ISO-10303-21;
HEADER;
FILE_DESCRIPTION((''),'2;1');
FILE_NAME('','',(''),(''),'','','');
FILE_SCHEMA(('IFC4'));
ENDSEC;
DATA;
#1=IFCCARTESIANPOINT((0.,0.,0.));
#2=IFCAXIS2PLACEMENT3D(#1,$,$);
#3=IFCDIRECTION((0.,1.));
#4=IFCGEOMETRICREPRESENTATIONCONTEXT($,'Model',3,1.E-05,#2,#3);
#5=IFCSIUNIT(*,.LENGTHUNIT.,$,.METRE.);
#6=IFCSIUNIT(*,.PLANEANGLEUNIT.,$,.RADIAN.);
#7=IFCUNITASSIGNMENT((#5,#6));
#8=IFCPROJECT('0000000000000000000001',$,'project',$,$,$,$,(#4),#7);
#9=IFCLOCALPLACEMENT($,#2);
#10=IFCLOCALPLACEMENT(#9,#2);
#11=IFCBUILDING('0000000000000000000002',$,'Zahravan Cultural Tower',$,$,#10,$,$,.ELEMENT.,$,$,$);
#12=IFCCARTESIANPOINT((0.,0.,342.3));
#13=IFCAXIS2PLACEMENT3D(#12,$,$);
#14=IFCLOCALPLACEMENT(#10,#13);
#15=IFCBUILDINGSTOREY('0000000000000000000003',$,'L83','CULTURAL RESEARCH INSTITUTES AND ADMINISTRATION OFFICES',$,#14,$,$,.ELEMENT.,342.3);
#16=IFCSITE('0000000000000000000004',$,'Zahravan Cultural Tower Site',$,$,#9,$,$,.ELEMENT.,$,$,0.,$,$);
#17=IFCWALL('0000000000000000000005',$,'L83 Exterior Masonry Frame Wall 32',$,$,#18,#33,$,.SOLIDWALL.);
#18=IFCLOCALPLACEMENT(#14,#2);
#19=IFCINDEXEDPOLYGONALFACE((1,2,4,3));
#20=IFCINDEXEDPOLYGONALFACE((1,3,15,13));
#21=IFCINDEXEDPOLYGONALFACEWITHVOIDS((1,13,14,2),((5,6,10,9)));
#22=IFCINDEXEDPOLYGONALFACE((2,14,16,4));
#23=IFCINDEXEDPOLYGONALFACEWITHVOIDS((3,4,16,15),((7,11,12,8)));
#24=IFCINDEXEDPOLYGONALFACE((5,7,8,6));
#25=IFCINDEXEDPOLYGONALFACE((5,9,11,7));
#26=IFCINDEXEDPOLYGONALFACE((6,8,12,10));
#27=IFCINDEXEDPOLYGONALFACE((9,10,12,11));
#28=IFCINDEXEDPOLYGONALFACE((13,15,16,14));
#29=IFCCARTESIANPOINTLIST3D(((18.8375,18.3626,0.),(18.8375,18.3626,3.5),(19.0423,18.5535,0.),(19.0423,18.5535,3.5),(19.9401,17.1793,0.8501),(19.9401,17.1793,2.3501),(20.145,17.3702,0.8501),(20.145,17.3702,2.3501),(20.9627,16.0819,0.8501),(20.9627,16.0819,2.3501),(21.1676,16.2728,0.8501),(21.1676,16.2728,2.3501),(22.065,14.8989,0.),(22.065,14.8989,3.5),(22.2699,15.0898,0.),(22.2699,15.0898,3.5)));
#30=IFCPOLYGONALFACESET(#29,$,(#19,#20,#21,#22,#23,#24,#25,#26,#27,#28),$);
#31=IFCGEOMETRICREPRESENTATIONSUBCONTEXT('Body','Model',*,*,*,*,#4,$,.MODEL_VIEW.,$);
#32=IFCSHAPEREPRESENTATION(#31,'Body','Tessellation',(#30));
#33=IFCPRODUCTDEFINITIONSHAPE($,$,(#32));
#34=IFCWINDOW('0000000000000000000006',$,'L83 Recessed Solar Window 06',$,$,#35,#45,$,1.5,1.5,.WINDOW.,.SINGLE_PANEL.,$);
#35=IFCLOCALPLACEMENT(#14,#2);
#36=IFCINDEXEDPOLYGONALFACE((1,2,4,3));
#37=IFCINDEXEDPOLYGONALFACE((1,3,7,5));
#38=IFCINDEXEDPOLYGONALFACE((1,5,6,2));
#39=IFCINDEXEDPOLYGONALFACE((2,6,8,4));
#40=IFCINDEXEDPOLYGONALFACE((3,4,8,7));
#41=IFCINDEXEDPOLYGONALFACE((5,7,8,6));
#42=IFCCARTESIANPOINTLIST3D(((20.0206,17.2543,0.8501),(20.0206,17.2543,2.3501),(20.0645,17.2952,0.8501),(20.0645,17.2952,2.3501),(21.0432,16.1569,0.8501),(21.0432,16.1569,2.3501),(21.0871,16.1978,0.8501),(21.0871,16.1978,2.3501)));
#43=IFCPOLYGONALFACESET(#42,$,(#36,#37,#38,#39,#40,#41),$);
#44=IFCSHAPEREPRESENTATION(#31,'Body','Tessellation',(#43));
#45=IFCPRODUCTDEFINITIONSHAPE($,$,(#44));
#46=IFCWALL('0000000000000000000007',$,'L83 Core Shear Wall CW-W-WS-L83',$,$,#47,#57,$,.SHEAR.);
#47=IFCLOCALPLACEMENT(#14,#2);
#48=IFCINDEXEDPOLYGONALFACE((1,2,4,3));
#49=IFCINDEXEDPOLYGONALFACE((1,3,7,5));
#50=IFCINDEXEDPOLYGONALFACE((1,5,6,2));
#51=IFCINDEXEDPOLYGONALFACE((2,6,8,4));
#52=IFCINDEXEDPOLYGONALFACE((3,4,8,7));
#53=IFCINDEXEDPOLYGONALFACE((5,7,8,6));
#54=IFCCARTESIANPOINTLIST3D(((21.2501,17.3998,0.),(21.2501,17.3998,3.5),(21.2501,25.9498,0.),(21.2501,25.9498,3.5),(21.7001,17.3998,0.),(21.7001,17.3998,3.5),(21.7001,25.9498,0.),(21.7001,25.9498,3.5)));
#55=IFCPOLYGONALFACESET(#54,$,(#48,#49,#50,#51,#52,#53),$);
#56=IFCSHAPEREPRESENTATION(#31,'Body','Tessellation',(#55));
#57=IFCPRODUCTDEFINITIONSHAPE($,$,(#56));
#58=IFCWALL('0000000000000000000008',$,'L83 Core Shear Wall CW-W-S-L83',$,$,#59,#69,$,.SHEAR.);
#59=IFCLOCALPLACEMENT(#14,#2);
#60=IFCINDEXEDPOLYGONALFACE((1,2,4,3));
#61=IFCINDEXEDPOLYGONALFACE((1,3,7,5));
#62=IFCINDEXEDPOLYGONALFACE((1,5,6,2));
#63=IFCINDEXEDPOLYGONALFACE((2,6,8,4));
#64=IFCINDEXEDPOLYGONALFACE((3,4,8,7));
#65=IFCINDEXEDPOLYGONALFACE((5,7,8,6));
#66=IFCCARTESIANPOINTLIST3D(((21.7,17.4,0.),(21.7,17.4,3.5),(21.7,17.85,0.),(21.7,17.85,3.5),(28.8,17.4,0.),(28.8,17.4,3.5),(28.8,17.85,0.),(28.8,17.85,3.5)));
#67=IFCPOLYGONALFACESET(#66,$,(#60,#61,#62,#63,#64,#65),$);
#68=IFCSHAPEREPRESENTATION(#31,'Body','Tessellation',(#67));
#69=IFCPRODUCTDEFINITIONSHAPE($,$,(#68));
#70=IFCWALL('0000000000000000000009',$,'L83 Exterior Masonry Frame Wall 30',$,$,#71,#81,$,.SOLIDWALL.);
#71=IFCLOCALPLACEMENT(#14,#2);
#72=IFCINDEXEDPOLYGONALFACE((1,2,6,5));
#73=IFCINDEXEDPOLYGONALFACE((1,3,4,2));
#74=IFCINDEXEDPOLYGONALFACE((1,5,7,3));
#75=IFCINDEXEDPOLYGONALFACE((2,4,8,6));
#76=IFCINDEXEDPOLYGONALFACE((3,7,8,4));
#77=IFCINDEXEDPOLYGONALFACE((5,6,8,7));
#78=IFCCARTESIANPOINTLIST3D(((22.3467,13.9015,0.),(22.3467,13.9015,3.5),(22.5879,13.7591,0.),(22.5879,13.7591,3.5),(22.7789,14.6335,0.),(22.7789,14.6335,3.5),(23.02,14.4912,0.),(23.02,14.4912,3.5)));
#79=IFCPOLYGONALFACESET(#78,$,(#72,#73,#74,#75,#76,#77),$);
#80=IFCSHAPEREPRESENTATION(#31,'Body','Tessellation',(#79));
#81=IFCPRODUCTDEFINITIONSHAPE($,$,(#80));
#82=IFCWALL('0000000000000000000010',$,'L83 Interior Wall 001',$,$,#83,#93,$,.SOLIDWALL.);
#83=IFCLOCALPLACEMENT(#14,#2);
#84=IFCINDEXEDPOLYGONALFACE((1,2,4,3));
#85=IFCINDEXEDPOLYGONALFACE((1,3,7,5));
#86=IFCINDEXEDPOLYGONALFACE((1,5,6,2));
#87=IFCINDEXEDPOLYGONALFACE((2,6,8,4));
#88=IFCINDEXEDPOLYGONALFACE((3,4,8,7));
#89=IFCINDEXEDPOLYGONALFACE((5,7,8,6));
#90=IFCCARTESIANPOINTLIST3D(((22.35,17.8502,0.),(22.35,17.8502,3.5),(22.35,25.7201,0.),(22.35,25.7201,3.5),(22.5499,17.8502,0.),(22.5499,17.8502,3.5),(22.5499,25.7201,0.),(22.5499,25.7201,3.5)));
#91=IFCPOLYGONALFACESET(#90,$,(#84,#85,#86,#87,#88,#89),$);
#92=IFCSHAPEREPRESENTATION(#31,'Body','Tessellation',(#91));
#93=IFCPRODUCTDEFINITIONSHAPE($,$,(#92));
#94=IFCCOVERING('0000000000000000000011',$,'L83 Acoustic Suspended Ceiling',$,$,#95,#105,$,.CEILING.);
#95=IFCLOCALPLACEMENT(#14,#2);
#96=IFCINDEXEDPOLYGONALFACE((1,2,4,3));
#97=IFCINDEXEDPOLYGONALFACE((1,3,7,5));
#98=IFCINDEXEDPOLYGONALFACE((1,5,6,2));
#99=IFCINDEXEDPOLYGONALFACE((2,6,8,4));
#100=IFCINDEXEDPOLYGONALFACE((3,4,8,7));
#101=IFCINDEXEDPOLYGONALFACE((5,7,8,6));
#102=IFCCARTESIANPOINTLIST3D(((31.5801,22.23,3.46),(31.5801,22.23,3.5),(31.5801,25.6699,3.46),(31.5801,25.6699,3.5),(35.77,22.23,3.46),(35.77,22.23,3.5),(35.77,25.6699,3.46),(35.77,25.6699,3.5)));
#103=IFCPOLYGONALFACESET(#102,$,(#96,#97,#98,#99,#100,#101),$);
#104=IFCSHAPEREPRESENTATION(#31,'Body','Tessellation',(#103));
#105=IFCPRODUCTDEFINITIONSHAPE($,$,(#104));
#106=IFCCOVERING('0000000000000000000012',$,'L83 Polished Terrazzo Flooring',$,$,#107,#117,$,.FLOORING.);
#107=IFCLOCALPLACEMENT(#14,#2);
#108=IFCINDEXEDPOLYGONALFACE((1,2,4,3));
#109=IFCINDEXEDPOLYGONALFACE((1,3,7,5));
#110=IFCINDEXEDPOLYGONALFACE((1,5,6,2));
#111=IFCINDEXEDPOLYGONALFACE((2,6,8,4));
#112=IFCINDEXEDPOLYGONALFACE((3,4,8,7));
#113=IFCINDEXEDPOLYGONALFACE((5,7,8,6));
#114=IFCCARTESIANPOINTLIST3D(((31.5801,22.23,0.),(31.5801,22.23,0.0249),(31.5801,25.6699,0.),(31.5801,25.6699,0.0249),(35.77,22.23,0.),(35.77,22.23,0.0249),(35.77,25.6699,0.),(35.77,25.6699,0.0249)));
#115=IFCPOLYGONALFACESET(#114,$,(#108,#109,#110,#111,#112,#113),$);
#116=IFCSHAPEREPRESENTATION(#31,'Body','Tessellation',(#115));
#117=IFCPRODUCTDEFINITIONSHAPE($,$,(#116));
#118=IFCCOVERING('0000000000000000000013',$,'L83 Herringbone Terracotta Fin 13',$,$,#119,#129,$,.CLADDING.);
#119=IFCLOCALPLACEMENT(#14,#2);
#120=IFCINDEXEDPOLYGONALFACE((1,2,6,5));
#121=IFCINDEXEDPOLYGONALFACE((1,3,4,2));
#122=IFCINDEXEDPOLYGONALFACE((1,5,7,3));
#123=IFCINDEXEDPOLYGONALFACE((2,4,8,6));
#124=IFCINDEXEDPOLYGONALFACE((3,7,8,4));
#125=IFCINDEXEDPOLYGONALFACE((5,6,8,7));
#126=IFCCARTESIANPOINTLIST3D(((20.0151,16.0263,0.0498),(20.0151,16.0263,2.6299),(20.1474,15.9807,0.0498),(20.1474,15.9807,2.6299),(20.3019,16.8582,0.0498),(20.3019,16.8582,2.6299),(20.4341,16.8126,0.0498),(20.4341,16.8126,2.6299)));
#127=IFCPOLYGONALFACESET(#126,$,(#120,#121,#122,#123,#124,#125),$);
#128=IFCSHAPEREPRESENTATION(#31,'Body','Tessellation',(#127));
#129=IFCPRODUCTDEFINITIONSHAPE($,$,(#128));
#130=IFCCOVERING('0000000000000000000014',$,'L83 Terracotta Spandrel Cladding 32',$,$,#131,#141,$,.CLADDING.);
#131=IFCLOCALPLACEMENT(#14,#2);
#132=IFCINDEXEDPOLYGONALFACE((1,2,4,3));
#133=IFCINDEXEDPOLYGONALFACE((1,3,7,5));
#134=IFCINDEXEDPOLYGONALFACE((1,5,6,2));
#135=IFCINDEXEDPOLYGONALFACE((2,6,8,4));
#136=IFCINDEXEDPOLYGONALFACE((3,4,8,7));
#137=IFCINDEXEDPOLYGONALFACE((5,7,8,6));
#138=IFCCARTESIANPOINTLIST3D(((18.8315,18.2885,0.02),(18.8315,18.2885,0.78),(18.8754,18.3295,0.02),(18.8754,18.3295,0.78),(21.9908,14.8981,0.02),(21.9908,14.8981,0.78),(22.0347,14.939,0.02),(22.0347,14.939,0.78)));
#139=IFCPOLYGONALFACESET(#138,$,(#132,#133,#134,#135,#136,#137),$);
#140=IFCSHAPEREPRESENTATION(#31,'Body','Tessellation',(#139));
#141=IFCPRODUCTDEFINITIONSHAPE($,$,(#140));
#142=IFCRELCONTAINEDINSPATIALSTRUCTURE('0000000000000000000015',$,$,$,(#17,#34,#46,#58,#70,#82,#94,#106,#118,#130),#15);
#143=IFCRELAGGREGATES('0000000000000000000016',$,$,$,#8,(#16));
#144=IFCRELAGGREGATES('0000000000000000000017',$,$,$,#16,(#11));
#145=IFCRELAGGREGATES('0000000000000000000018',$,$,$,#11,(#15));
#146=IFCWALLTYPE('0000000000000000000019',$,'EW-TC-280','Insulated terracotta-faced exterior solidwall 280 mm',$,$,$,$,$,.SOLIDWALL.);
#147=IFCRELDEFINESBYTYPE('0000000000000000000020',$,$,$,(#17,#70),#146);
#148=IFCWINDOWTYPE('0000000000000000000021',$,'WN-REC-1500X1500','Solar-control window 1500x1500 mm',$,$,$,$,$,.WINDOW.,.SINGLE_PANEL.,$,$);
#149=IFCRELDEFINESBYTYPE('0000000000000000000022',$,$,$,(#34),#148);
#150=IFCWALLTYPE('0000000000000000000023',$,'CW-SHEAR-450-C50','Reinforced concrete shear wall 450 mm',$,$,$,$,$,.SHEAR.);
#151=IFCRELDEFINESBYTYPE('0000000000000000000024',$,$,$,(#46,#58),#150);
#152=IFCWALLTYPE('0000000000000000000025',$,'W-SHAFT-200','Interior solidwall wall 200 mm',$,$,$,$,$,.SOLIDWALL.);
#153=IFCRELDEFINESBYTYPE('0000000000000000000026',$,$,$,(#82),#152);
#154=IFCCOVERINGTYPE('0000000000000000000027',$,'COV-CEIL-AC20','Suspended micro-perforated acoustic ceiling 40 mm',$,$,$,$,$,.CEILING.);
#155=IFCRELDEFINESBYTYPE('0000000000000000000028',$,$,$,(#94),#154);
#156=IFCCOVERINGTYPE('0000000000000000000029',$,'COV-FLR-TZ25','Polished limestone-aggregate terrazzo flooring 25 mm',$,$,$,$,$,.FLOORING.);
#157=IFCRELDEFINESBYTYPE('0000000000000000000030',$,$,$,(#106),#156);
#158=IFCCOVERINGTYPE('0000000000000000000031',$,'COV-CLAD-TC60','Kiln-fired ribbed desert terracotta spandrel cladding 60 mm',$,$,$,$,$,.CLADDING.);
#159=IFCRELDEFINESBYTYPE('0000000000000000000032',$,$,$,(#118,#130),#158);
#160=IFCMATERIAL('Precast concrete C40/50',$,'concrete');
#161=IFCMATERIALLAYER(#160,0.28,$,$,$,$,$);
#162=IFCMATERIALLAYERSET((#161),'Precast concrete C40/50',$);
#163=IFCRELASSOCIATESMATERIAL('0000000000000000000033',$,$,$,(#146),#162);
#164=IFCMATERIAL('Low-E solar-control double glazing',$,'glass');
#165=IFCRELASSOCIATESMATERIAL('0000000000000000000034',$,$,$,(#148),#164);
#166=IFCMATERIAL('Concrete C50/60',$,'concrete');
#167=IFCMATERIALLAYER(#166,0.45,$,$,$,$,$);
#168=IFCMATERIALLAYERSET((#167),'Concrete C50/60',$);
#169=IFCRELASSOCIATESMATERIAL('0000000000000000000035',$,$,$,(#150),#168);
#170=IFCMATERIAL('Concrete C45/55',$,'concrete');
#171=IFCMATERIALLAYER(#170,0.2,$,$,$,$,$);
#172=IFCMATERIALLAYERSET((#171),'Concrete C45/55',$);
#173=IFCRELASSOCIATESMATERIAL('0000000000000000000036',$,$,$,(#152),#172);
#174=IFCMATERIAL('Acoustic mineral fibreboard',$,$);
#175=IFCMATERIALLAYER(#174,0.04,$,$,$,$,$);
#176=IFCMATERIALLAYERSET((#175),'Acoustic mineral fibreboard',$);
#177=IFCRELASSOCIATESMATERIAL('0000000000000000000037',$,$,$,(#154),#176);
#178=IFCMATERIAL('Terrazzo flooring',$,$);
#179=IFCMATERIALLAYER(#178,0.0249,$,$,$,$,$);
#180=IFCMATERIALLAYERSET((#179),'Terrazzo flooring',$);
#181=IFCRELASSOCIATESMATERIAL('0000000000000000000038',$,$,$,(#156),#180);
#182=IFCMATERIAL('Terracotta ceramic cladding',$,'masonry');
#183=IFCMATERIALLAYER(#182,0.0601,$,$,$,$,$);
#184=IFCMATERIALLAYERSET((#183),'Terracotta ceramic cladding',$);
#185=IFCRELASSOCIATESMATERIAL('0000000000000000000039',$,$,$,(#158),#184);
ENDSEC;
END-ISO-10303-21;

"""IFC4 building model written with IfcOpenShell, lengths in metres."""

from ifc_helpers import new_model, si_unit, direction, frame, frame_2d, origin, origin_2d, place, context, subcontext, project, spatial, polyline, rectangle, outline, extrude, source, transform, mapped, material, layer, layer_set, type_object, element, fill, save


model = new_model("IFC4")

# Units and contexts
model_context = context("Model", 3, precision=1e-05, world=origin(), true_north=direction((0.0, 1.0)))
body_context = subcontext(model_context, "Body", "Model", "MODEL_VIEW")
ifc_project = project(units=[si_unit("LENGTHUNIT", "METRE"), si_unit("PLANEANGLEUNIT", "RADIAN")], contexts=[model_context])

# Site, building, storey
site_placement = place(None, origin())
site = spatial("IfcSite", under=ifc_project, at=site_placement, Name="Zahravan Cultural Tower Site", CompositionType="ELEMENT", RefElevation=0.0)
building_placement = place(site_placement, origin())
building = spatial("IfcBuilding", under=site, at=building_placement, Name="Zahravan Cultural Tower", CompositionType="ELEMENT")
storey_placement = place(building_placement, frame((0.0, 0.0, 342.3)))
storey = spatial("IfcBuildingStorey", under=building, at=storey_placement, Name="L83", Description="CULTURAL RESEARCH INSTITUTES AND ADMINISTRATION OFFICES", CompositionType="ELEMENT", Elevation=342.3)

# Shared definitions
ifc_material_1 = material(Name="Concrete C50/60", Category="concrete")

# Shared definitions
ifc_material_2 = material(Name="Concrete C45/55", Category="concrete")

# Wall, opening, window
ifc_material_3 = material(Name="Precast concrete C40/50", Category="concrete")
ifc_layer_1 = layer(ifc_material_3, 0.28)
ifc_layer_set_1 = layer_set([ifc_layer_1], Name="Precast concrete C40/50")
wall_type_1 = type_object("IfcWallType", Name="EW-TC-280", Description="Insulated terracotta-faced exterior solidwall 280 mm", PredefinedType="SOLIDWALL", material=ifc_layer_set_1)
wall_1_placement = place(storey_placement, frame((22.1675, 14.9944, 0.0), z_axis=(0.0, 0.0, 1.0), x_axis=(-0.681734, 0.7316, 0.0)))
wall_1 = element("IfcWall", 1, at=wall_1_placement, inside=storey, type_object=wall_type_1, Name="L83 Exterior Masonry Frame Wall 32", PredefinedType="SOLIDWALL", context=body_context, shape_type="SweptSolid", body=[
    extrude(rectangle(XDim=4.7344, YDim=0.28, at=frame_2d((2.3672, 0.0))), origin(), (0.0, 0.0, 1.0), 3.5),
])
opening_placement = place(wall_1_placement, frame((1.6169, 0.0, 0.8501)))
opening = element("IfcOpeningElement", 2, at=opening_placement, cuts=wall_1, PredefinedType="OPENING", context=body_context, shape_type="SweptSolid", body=[
    extrude(rectangle(XDim=1.5, YDim=1.5, at=frame_2d((0.75, 0.75))), frame((0.0, 0.1499, 0.0), z_axis=(0.0, -1.0, 0.0), x_axis=(1.0, 0.0, 0.0)), (0.0, 0.0, 1.0), 0.3),
])
ifc_material_4 = material(Name="Low-E solar-control double glazing", Category="glass")
window_type = type_object("IfcWindowType", Name="WN-REC-1500X1500", Description="Solar-control window 1500x1500 mm", PartitioningType="SINGLE_PANEL", PredefinedType="WINDOW", material=ifc_material_4)
shared_shape_1 = source(origin(), body_context, "Body", "SweptSolid", [
    extrude(rectangle(XDim=1.5, YDim=1.5, at=frame_2d((0.75, 0.75))), frame((0.0, 0.03, 0.0), z_axis=(0.0, -1.0, 0.0), x_axis=(1.0, 0.0, 0.0)), (0.0, 0.0, 1.0), 0.0601),
])
window_placement = place(opening_placement, origin())
window = element("IfcWindow", 3, at=window_placement, inside=storey, type_object=window_type, Name="L83 Recessed Solar Window 06", OverallHeight=1.5, OverallWidth=1.5, PartitioningType="SINGLE_PANEL", PredefinedType="WINDOW", context=body_context, shape_type="MappedRepresentation", body=[
    mapped(shared_shape_1, transform((0.0, 0.0, 0.0), x_axis=(1.0, 0.0, 0.0), y_axis=(0.0, 1.0, 0.0), z_axis=(0.0, 0.0, 1.0), scale=1.0)),
])
fill(opening, window)

# Walls
ifc_layer_2 = layer(ifc_material_1, 0.45)
ifc_layer_set_2 = layer_set([ifc_layer_2], Name="Concrete C50/60")
wall_type_2 = type_object("IfcWallType", Name="CW-SHEAR-450-C50", Description="Reinforced concrete shear wall 450 mm", PredefinedType="SHEAR", material=ifc_layer_set_2)
shared_shape_2 = source(origin(), body_context, "Body", "SweptSolid", [
    extrude(rectangle(XDim=8.55, YDim=0.45, at=frame_2d((4.2749, 0.0))), origin(), (0.0, 0.0, 1.0), 3.5),
])
wall_2_placement = place(storey_placement, frame((21.4751, 17.3999, 0.0), z_axis=(0.0, 0.0, 1.0), x_axis=(0.0, 1.0, 0.0)))
element("IfcWall", 4, at=wall_2_placement, inside=storey, type_object=wall_type_2, Name="L83 Core Shear Wall CW-W-WS-L83", PredefinedType="SHEAR", context=body_context, shape_type="MappedRepresentation", body=[
    mapped(shared_shape_2, transform((0.0, 0.0, 0.0), x_axis=(1.0, 0.0, 0.0), y_axis=(0.0, 1.0, 0.0), z_axis=(0.0, 0.0, 1.0), scale=1.0)),
])
shared_shape_3 = source(origin(), body_context, "Body", "SweptSolid", [
    extrude(rectangle(XDim=7.1001, YDim=0.45, at=frame_2d((3.55, 0.0))), origin(), (0.0, 0.0, 1.0), 3.5),
])
wall_3_placement = place(storey_placement, frame((21.7, 17.625, 0.0), z_axis=(0.0, 0.0, 1.0), x_axis=(1.0, 0.0, 0.0)))
element("IfcWall", 5, at=wall_3_placement, inside=storey, type_object=wall_type_2, Name="L83 Core Shear Wall CW-W-S-L83", PredefinedType="SHEAR", context=body_context, shape_type="MappedRepresentation", body=[
    mapped(shared_shape_3, transform((0.0, 0.0, 0.0), x_axis=(1.0, 0.0, 0.0), y_axis=(0.0, 1.0, 0.0), z_axis=(0.0, 0.0, 1.0), scale=1.0)),
])
shared_shape_4 = source(origin(), body_context, "Body", "SweptSolid", [
    extrude(rectangle(XDim=0.8501, YDim=0.28, at=frame_2d((0.425, 0.0))), origin(), (0.0, 0.0, 1.0), 3.5),
])
wall_4_placement = place(storey_placement, frame((22.4673, 13.8303, 0.0), z_axis=(0.0, 0.0, 1.0), x_axis=(0.5084, 0.861121, 0.0)))
element("IfcWall", 6, at=wall_4_placement, inside=storey, type_object=wall_type_1, Name="L83 Exterior Masonry Frame Wall 30", PredefinedType="SOLIDWALL", context=body_context, shape_type="MappedRepresentation", body=[
    mapped(shared_shape_4, transform((0.0, 0.0, 0.0), x_axis=(1.0, 0.0, 0.0), y_axis=(0.0, 1.0, 0.0), z_axis=(0.0, 0.0, 1.0), scale=1.0)),
])
ifc_layer_3 = layer(ifc_material_2, 0.2)
ifc_layer_set_3 = layer_set([ifc_layer_3], Name="Concrete C45/55")
wall_type_3 = type_object("IfcWallType", Name="W-SHAFT-200", Description="Interior solidwall wall 200 mm", PredefinedType="SOLIDWALL", material=ifc_layer_set_3)
shared_shape_5 = source(origin(), body_context, "Body", "SweptSolid", [
    extrude(rectangle(XDim=7.8699, YDim=0.2, at=frame_2d((3.9351, 0.0))), origin(), (0.0, 0.0, 1.0), 3.5),
])
wall_5_placement = place(storey_placement, frame((22.45, 17.8501, 0.0), z_axis=(0.0, 0.0, 1.0), x_axis=(0.0, 1.0, 0.0)))
element("IfcWall", 7, at=wall_5_placement, inside=storey, type_object=wall_type_3, Name="L83 Interior Wall 001", PredefinedType="SOLIDWALL", context=body_context, shape_type="MappedRepresentation", body=[
    mapped(shared_shape_5, transform((0.0, 0.0, 0.0), x_axis=(1.0, 0.0, 0.0), y_axis=(0.0, 1.0, 0.0), z_axis=(0.0, 0.0, 1.0), scale=1.0)),
])

# Coverings
ifc_material_5 = material(Name="Acoustic mineral fibreboard")
ifc_layer_4 = layer(ifc_material_5, 0.04)
ifc_layer_set_4 = layer_set([ifc_layer_4], Name="Acoustic mineral fibreboard")
covering_type_1 = type_object("IfcCoveringType", Name="COV-CEIL-AC20", Description="Suspended micro-perforated acoustic ceiling 40 mm", PredefinedType="CEILING", material=ifc_layer_set_4)
covering_1_placement = place(storey_placement, frame((0.0, 0.0, 3.46)))
element("IfcCovering", 8, at=covering_1_placement, inside=storey, type_object=covering_type_1, Name="L83 Acoustic Suspended Ceiling", PredefinedType="CEILING", context=body_context, shape_type="SweptSolid", body=[
    extrude(outline(polyline([(35.77, 25.6699), (31.5801, 25.6699), (31.5801, 22.23), (35.77, 22.23), (35.77, 25.6699)])), origin(), (0.0, 0.0, 1.0), 0.04),
])
ifc_material_6 = material(Name="Terrazzo flooring")
ifc_layer_5 = layer(ifc_material_6, 0.0249)
ifc_layer_set_5 = layer_set([ifc_layer_5], Name="Terrazzo flooring")
covering_type_2 = type_object("IfcCoveringType", Name="COV-FLR-TZ25", Description="Polished limestone-aggregate terrazzo flooring 25 mm", PredefinedType="FLOORING", material=ifc_layer_set_5)
covering_2_placement = place(storey_placement, origin())
element("IfcCovering", 9, at=covering_2_placement, inside=storey, type_object=covering_type_2, Name="L83 Polished Terrazzo Flooring", PredefinedType="FLOORING", context=body_context, shape_type="SweptSolid", body=[
    extrude(outline(polyline([(35.77, 25.6699), (31.5801, 25.6699), (31.5801, 22.23), (35.77, 22.23), (35.77, 25.6699)])), origin(), (0.0, 0.0, 1.0), 0.0249),
])
ifc_material_7 = material(Name="Terracotta ceramic cladding", Category="masonry")
ifc_layer_6 = layer(ifc_material_7, 0.0601)
ifc_layer_set_6 = layer_set([ifc_layer_6], Name="Terracotta ceramic cladding")
covering_type_3 = type_object("IfcCoveringType", Name="COV-CLAD-TC60", Description="Kiln-fired ribbed desert terracotta spandrel cladding 60 mm", PredefinedType="CLADDING", material=ifc_layer_set_6)
shared_shape_6 = source(origin(), body_context, "Body", "SweptSolid", [
    extrude(rectangle(XDim=0.8799, YDim=0.1399, at=origin_2d()), origin(), (0.0, 0.0, 1.0), 2.5801),
])
covering_3_placement = place(storey_placement, frame((20.2246, 16.4194, 0.0498), z_axis=(0.0, 0.0, 1.0), x_axis=(-0.325915, -0.945399, 0.0)))
element("IfcCovering", 10, at=covering_3_placement, inside=storey, type_object=covering_type_3, Name="L83 Herringbone Terracotta Fin 13", PredefinedType="CLADDING", context=body_context, shape_type="MappedRepresentation", body=[
    mapped(shared_shape_6, transform((0.0, 0.0, 0.0), x_axis=(1.0, 0.0, 0.0), y_axis=(0.0, 1.0, 0.0), z_axis=(0.0, 0.0, 1.0), scale=1.0)),
])
shared_shape_7 = source(origin(), body_context, "Body", "SweptSolid", [
    extrude(rectangle(XDim=4.6343, YDim=0.0601, at=origin_2d()), origin(), (0.0, 0.0, 1.0), 0.76),
])
covering_4_placement = place(storey_placement, frame((20.4331, 16.6138, 0.02), z_axis=(0.0, 0.0, 1.0), x_axis=(-0.68173, 0.731604, 0.0)))
element("IfcCovering", 11, at=covering_4_placement, inside=storey, type_object=covering_type_3, Name="L83 Terracotta Spandrel Cladding 32", PredefinedType="CLADDING", context=body_context, shape_type="MappedRepresentation", body=[
    mapped(shared_shape_7, transform((0.0, 0.0, 0.0), x_axis=(1.0, 0.0, 0.0), y_axis=(0.0, 1.0, 0.0), z_axis=(0.0, 0.0, 1.0), scale=1.0)),
])

save(model, "model.ifc")
